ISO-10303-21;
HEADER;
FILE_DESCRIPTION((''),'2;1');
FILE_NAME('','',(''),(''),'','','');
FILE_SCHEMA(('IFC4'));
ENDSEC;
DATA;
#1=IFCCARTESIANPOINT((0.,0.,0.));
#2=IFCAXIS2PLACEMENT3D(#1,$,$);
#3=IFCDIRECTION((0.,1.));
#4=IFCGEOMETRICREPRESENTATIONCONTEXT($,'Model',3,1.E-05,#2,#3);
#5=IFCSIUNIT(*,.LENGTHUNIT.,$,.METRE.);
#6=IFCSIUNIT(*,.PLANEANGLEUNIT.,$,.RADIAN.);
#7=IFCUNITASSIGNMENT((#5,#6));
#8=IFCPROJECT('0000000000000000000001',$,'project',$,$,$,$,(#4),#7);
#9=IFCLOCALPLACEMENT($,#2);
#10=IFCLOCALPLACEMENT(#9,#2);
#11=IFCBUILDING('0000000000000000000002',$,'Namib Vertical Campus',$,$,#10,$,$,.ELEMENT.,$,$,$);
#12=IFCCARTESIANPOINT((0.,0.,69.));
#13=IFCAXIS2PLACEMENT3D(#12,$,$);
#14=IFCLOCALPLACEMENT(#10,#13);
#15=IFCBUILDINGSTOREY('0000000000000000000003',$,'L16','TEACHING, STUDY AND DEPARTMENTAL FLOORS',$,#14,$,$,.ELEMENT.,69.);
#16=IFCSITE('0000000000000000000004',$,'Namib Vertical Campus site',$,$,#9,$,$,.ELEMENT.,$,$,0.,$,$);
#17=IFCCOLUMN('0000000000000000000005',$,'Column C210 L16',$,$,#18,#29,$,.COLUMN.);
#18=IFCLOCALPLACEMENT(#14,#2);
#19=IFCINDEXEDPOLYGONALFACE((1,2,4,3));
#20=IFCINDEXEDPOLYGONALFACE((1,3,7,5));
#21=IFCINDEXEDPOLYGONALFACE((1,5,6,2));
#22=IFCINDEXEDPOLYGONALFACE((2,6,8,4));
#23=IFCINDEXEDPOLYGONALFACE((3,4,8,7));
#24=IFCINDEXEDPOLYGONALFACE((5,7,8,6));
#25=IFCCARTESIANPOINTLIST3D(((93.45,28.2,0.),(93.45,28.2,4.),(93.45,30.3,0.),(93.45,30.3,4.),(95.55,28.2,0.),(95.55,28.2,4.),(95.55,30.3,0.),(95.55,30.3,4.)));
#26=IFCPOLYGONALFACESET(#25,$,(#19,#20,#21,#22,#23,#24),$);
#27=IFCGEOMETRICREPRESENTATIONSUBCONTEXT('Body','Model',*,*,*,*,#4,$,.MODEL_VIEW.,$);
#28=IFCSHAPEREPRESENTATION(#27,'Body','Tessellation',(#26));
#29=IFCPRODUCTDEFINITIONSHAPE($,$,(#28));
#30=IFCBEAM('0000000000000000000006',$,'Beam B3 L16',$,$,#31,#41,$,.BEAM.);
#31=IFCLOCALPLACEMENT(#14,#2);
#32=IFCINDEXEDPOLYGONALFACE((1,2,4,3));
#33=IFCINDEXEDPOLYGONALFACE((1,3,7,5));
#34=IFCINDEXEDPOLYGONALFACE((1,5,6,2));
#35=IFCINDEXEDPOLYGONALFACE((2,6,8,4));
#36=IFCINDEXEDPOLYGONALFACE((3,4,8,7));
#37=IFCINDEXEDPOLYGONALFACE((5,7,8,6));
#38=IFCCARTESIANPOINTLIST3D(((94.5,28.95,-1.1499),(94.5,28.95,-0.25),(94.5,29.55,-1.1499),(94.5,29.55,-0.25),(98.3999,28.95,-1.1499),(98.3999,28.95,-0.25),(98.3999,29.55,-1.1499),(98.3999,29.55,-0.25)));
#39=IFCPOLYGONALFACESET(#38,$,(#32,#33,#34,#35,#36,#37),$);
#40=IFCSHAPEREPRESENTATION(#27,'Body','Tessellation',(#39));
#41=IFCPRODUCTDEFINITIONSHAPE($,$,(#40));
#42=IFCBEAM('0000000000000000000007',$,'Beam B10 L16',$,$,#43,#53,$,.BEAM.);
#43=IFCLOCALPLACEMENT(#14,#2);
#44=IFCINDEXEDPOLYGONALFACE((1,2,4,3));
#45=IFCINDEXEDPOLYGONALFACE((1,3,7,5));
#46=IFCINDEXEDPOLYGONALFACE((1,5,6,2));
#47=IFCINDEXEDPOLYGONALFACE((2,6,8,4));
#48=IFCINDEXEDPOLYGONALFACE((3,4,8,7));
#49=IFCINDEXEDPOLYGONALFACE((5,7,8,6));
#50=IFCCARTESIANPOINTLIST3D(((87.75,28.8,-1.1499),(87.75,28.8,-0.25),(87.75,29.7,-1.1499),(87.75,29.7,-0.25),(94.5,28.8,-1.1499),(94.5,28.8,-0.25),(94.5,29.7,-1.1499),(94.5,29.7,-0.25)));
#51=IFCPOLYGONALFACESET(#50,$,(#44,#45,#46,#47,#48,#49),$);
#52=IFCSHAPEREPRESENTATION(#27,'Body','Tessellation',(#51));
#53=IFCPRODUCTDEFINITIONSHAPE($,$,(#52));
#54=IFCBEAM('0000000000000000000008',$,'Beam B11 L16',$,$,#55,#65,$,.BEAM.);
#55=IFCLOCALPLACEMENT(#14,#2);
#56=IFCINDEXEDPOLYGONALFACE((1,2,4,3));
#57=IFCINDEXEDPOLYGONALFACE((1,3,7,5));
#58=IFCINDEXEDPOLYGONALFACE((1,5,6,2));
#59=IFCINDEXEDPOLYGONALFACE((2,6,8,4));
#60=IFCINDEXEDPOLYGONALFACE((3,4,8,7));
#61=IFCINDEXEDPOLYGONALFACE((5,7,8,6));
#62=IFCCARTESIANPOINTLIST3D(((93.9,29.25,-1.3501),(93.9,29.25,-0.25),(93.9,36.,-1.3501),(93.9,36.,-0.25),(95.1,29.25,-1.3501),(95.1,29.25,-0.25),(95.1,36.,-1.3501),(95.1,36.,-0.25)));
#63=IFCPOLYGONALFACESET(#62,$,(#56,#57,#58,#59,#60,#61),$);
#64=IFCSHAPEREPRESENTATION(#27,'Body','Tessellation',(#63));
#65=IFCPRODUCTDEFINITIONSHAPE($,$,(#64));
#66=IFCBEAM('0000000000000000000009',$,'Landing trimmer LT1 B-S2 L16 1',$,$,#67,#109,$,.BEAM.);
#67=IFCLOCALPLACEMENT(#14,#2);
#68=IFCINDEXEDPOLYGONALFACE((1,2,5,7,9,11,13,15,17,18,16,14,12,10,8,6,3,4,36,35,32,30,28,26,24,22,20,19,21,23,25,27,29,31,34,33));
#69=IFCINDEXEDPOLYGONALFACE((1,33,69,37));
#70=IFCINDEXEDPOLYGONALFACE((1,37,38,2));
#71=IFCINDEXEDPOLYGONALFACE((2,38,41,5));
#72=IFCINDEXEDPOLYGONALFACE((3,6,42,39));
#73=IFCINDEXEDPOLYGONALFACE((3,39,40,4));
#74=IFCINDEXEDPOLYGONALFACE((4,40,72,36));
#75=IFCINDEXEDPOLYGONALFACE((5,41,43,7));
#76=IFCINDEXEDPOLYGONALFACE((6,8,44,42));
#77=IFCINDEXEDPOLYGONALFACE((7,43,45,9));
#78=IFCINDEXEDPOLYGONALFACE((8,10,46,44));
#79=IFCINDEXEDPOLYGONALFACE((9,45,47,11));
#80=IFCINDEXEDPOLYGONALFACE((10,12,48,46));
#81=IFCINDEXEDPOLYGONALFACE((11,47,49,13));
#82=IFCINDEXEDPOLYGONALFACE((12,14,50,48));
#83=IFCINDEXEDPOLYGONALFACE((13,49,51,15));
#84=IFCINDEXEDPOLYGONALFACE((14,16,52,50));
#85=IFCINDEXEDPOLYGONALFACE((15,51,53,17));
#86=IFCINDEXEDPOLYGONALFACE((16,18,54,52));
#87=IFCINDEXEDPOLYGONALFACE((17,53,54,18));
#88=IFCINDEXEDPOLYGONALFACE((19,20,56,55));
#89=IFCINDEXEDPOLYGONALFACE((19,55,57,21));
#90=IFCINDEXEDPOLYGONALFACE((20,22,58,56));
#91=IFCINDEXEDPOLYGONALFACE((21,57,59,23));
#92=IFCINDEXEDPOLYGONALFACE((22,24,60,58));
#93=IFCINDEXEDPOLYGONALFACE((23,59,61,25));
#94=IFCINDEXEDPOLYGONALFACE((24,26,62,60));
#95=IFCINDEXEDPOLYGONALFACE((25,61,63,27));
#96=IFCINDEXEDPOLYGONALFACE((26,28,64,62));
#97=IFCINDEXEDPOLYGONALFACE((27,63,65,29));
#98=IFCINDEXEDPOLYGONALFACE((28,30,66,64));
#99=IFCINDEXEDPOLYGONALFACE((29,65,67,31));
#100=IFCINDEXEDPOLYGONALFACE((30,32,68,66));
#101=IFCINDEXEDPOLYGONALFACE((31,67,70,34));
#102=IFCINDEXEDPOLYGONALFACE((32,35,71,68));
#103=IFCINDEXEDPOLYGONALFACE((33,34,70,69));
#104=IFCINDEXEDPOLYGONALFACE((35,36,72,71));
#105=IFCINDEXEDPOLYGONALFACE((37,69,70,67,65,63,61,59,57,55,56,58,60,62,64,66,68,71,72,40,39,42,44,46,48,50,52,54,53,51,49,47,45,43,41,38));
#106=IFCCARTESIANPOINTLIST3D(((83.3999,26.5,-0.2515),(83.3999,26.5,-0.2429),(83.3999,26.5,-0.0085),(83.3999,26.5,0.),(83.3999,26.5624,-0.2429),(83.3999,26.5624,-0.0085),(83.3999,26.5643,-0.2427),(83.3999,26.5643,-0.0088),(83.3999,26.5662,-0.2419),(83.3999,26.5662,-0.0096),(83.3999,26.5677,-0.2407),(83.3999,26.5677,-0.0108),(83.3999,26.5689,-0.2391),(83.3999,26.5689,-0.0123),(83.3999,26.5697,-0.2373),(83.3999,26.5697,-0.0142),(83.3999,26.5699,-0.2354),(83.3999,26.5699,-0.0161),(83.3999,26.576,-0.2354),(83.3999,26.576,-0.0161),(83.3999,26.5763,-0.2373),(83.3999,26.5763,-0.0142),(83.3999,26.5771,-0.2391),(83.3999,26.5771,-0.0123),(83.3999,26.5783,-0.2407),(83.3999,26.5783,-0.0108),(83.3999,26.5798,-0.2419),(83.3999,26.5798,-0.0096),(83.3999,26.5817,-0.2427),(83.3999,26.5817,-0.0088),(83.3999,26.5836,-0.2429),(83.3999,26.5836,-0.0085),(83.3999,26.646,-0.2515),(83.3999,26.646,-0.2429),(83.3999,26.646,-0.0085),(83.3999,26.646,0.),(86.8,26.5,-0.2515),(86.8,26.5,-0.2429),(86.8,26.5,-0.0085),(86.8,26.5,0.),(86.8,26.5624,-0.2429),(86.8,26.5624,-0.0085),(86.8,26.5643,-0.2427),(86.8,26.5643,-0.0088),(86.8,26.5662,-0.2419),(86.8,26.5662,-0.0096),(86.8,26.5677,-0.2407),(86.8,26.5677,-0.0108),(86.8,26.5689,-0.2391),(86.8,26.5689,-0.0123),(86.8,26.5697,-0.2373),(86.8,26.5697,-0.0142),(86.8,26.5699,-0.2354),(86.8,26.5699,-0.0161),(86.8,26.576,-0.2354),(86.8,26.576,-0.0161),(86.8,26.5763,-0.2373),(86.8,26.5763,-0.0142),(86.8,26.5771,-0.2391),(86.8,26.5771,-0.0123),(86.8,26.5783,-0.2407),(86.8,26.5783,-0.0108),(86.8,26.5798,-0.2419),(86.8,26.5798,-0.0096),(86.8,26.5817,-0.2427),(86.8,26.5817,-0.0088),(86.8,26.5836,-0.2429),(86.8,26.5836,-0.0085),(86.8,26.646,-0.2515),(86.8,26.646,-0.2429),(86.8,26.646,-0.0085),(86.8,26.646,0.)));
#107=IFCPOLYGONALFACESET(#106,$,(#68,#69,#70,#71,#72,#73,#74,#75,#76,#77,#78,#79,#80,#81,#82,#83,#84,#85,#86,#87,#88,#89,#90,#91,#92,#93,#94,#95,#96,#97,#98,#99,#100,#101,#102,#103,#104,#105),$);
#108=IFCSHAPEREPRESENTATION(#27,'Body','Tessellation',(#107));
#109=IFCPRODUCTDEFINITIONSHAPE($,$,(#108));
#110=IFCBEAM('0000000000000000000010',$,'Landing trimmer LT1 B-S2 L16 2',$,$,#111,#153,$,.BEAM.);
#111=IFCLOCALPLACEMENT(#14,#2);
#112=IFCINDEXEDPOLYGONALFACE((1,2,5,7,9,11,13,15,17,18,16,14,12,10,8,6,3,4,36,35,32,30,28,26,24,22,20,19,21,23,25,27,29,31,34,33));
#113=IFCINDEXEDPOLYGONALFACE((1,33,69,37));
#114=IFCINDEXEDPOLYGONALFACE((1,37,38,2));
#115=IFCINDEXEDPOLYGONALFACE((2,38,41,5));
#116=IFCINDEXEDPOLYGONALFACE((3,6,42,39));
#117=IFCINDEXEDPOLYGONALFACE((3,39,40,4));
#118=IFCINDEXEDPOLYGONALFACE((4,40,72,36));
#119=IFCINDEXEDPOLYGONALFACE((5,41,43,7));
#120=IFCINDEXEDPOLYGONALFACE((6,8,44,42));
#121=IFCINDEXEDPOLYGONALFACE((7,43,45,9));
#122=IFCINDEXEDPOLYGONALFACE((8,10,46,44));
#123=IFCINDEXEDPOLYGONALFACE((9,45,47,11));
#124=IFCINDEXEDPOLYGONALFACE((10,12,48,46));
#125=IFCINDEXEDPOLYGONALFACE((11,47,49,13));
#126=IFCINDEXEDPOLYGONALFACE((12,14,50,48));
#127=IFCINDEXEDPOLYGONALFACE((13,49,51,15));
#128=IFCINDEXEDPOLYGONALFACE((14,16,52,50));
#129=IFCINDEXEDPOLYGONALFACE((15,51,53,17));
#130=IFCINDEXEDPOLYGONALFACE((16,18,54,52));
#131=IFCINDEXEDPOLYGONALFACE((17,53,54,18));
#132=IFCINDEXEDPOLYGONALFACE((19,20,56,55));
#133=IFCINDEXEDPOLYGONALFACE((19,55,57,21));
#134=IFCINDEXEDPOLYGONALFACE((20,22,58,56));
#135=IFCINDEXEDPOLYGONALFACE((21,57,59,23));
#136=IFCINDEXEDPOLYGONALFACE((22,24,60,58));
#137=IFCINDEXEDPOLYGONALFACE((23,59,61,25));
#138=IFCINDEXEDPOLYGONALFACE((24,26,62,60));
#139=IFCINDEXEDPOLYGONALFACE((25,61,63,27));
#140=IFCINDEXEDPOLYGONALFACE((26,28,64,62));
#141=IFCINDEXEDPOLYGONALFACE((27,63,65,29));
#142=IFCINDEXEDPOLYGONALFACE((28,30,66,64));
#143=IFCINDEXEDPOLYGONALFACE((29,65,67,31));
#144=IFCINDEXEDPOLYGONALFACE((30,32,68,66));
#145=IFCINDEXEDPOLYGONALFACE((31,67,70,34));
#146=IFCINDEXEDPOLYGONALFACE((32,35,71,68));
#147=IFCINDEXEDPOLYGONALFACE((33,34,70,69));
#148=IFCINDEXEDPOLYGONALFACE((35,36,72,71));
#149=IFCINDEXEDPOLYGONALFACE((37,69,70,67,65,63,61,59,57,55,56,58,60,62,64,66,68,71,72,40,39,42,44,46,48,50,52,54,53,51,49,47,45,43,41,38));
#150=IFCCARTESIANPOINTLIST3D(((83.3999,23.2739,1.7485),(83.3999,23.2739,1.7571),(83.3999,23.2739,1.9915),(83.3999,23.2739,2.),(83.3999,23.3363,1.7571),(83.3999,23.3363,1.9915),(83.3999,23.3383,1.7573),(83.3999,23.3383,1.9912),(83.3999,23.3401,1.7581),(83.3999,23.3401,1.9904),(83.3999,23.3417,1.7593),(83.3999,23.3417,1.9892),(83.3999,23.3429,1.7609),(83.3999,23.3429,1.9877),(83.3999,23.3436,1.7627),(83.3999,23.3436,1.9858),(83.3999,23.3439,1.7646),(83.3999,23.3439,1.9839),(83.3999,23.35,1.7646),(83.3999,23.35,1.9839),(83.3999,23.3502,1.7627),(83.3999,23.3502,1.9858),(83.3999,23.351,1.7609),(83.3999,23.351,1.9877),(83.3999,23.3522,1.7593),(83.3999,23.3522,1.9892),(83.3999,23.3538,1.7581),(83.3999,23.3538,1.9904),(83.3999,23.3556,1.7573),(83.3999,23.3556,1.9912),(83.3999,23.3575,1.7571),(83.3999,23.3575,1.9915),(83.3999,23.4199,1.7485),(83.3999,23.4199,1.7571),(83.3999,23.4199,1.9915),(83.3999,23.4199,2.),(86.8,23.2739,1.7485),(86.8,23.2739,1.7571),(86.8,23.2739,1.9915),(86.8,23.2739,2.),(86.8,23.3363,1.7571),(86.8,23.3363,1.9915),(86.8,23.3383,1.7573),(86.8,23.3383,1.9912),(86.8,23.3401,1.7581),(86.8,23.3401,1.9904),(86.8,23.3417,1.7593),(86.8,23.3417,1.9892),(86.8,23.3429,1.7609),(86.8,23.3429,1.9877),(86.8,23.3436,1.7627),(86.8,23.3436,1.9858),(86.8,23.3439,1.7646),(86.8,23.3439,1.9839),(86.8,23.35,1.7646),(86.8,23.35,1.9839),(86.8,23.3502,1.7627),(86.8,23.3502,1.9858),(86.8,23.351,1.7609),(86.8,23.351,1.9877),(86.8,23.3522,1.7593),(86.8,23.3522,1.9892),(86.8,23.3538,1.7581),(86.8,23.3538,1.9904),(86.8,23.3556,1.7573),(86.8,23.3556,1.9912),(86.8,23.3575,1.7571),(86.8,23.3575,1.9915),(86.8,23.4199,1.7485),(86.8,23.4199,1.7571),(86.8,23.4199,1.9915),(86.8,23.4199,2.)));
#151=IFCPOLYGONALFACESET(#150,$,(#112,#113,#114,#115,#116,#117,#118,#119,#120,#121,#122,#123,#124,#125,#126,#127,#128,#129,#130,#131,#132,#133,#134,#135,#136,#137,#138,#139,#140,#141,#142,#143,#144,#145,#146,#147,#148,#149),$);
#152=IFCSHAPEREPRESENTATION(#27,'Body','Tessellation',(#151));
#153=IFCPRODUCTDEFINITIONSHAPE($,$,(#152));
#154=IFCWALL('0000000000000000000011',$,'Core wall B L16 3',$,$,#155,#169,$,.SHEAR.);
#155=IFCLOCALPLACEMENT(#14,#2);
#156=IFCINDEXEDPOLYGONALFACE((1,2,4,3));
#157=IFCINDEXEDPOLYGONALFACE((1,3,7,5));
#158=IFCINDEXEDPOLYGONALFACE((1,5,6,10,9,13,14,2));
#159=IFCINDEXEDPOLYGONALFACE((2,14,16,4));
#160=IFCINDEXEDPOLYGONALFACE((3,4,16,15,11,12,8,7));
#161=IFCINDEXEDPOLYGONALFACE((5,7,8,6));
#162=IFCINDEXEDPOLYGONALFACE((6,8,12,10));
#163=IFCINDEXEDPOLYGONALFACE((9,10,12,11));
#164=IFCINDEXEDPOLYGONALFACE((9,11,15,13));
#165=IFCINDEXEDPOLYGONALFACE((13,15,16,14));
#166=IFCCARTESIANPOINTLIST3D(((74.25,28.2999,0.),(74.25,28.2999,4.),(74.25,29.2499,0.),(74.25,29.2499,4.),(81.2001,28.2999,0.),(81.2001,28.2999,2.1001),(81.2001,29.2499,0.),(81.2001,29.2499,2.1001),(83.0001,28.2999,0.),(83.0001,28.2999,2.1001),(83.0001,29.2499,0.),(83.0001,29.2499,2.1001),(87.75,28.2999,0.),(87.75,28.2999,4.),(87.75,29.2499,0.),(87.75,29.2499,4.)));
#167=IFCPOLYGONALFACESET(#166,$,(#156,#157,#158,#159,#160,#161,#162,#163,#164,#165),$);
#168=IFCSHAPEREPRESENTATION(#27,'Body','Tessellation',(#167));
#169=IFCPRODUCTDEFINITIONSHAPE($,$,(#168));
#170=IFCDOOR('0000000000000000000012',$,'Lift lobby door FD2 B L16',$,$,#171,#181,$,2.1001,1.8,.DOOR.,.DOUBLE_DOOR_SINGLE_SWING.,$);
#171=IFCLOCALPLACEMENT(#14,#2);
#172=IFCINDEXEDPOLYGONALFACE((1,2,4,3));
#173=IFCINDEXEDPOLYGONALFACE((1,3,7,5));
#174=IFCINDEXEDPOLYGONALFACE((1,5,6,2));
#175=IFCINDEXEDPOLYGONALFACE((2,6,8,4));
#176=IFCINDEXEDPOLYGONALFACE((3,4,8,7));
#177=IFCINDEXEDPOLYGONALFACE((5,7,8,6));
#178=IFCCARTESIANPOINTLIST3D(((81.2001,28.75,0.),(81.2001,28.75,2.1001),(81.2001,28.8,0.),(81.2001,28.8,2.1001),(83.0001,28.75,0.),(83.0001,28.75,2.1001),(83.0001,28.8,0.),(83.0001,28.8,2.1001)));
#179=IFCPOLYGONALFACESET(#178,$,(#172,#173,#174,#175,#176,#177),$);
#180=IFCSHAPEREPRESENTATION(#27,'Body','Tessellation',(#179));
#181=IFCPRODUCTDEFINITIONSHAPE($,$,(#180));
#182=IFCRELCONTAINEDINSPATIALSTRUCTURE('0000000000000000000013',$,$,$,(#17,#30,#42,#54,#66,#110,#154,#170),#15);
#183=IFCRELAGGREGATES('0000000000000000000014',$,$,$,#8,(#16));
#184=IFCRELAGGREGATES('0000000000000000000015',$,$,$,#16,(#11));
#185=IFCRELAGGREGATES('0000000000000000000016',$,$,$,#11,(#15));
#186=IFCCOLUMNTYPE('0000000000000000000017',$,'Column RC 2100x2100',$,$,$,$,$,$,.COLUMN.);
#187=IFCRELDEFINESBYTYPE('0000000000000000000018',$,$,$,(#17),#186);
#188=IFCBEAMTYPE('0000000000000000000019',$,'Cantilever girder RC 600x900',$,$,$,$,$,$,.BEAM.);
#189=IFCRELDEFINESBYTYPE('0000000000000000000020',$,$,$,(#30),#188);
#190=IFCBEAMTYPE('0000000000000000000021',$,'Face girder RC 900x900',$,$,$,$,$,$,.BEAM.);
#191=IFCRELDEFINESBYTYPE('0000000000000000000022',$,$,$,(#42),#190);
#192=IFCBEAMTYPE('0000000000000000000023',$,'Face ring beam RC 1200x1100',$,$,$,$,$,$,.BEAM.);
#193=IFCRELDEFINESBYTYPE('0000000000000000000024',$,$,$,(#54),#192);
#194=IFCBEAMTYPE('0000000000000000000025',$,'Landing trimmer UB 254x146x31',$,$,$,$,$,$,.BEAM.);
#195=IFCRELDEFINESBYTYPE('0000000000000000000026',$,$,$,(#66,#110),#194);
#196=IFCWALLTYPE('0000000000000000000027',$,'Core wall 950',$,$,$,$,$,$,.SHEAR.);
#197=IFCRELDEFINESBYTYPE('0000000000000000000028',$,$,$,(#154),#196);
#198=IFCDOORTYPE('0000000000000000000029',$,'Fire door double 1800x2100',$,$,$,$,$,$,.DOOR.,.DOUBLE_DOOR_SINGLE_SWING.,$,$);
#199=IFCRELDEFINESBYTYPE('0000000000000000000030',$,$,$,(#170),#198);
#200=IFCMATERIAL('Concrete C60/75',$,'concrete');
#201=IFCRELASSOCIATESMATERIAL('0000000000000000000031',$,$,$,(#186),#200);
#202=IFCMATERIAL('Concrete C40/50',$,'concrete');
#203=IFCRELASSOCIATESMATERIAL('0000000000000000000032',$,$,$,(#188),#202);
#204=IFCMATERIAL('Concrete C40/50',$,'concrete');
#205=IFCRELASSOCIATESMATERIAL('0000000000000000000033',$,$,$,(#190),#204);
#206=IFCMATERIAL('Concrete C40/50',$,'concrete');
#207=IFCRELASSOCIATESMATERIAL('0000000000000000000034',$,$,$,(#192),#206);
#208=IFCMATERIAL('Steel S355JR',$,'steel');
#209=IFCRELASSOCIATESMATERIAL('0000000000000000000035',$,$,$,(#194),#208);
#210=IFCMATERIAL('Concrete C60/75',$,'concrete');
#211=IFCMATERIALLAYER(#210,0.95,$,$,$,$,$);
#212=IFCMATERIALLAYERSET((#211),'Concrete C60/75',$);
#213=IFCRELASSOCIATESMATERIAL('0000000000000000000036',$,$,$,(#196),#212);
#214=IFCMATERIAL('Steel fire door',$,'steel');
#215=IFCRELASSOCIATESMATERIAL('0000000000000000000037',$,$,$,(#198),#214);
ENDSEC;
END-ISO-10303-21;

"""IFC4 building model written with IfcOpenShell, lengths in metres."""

from ifc_helpers import new_model, si_unit, direction, frame, frame_2d, origin, origin_2d, place, context, subcontext, project, spatial, rectangle, i_section, extrude, material, layer, layer_set, material_profile, profile_set, type_object, element, fill, save


model = new_model("IFC4")

# Units and contexts
model_context = context("Model", 3, precision=1e-05, world=origin(), true_north=direction((0.0, 1.0)))
body_context = subcontext(model_context, "Body", "Model", "MODEL_VIEW")
ifc_project = project(units=[si_unit("LENGTHUNIT", "METRE"), si_unit("PLANEANGLEUNIT", "RADIAN")], contexts=[model_context])

# Site, building, storey
site_placement = place(None, origin())
site = spatial("IfcSite", under=ifc_project, at=site_placement, Name="Namib Vertical Campus site", CompositionType="ELEMENT", RefElevation=0.0)
building_placement = place(site_placement, origin())
building = spatial("IfcBuilding", under=site, at=building_placement, Name="Namib Vertical Campus", CompositionType="ELEMENT")
storey_placement = place(building_placement, frame((0.0, 0.0, 69.0)))
storey = spatial("IfcBuildingStorey", under=building, at=storey_placement, Name="L16", Description="TEACHING, STUDY AND DEPARTMENTAL FLOORS", CompositionType="ELEMENT", Elevation=69.0)

# Column
ifc_material_1 = material(Name="Concrete C60/75", Category="concrete")
ifc_material_profile_1 = material_profile(ifc_material_1, rectangle(XDim=2.1001, YDim=2.1001, at=origin_2d()))
ifc_profile_set_1 = profile_set([ifc_material_profile_1], Name="Concrete C60/75")
column_type = type_object("IfcColumnType", Name="Column RC 2100x2100", PredefinedType="COLUMN", material=ifc_profile_set_1)
column_placement = place(storey_placement, frame((94.5, 29.25, 0.0), z_axis=(0.0, 0.0, 1.0), x_axis=(1.0, 0.0, 0.0)))
element("IfcColumn", 1, at=column_placement, inside=storey, type_object=column_type, Name="Column C210 L16", PredefinedType="COLUMN", context=body_context, shape_type="SweptSolid", body=[
    extrude(rectangle(XDim=2.1001, YDim=2.1001, at=origin_2d()), origin(), (0.0, 0.0, 1.0), 4.0),
])

# Beams
ifc_material_2 = material(Name="Concrete C40/50", Category="concrete")
ifc_material_profile_2 = material_profile(ifc_material_2, rectangle(XDim=0.6001, YDim=0.8999, at=origin_2d()))
ifc_profile_set_2 = profile_set([ifc_material_profile_2], Name="Concrete C40/50")
beam_type_1 = type_object("IfcBeamType", Name="Cantilever girder RC 600x900", PredefinedType="BEAM", material=ifc_profile_set_2)
beam_1_placement = place(storey_placement, frame((94.5, 29.25, -0.7), z_axis=(1.0, 0.0, 0.0), x_axis=(0.0, 1.0, 0.0)))
element("IfcBeam", 2, at=beam_1_placement, inside=storey, type_object=beam_type_1, Name="Beam B3 L16", PredefinedType="BEAM", context=body_context, shape_type="SweptSolid", body=[
    extrude(rectangle(XDim=0.6001, YDim=0.8999, at=origin_2d()), origin(), (0.0, 0.0, 1.0), 3.8999),
])
ifc_material_3 = material(Name="Concrete C40/50", Category="concrete")
ifc_material_profile_3 = material_profile(ifc_material_3, rectangle(XDim=0.8999, YDim=0.8999, at=origin_2d()))
ifc_profile_set_3 = profile_set([ifc_material_profile_3], Name="Concrete C40/50")
beam_type_2 = type_object("IfcBeamType", Name="Face girder RC 900x900", PredefinedType="BEAM", material=ifc_profile_set_3)
beam_2_placement = place(storey_placement, frame((94.5, 29.25, -0.7), z_axis=(-1.0, 0.0, 0.0), x_axis=(0.0, -1.0, 0.0)))
element("IfcBeam", 3, at=beam_2_placement, inside=storey, type_object=beam_type_2, Name="Beam B10 L16", PredefinedType="BEAM", context=body_context, shape_type="SweptSolid", body=[
    extrude(rectangle(XDim=0.8999, YDim=0.8999, at=origin_2d()), origin(), (0.0, 0.0, 1.0), 6.75),
])
ifc_material_4 = material(Name="Concrete C40/50", Category="concrete")
ifc_material_profile_4 = material_profile(ifc_material_4, rectangle(XDim=1.2, YDim=1.1001, at=origin_2d()))
ifc_profile_set_4 = profile_set([ifc_material_profile_4], Name="Concrete C40/50")
beam_type_3 = type_object("IfcBeamType", Name="Face ring beam RC 1200x1100", PredefinedType="BEAM", material=ifc_profile_set_4)
beam_3_placement = place(storey_placement, frame((94.5, 29.25, -0.8), z_axis=(0.0, 1.0, 0.0), x_axis=(-1.0, 0.0, 0.0)))
element("IfcBeam", 4, at=beam_3_placement, inside=storey, type_object=beam_type_3, Name="Beam B11 L16", PredefinedType="BEAM", context=body_context, shape_type="SweptSolid", body=[
    extrude(rectangle(XDim=1.2, YDim=1.1001, at=origin_2d()), origin(), (0.0, 0.0, 1.0), 6.75),
])
ifc_material_5 = material(Name="Steel S355JR", Category="steel")
ifc_material_profile_5 = material_profile(ifc_material_5, i_section(OverallWidth=0.146, OverallDepth=0.2515, WebThickness=0.0061, FlangeThickness=0.0085, FilletRadius=0.0076, at=origin_2d()))
ifc_profile_set_5 = profile_set([ifc_material_profile_5], Name="Steel S355JR")
beam_type_4 = type_object("IfcBeamType", Name="Landing trimmer UB 254x146x31", PredefinedType="BEAM", material=ifc_profile_set_5)
for number, where, z_axis, x_axis, name in (
    (5, (83.3999, 26.573, -0.1257), (1.0, 0.0, 0.0), (0.0, 1.0, 0.0), "Landing trimmer LT1 B-S2 L16 1"),
    (6, (83.3999, 23.3469, 1.8743), (1.0, 0.0, 0.0), (0.0, 1.0, 0.0), "Landing trimmer LT1 B-S2 L16 2"),
):
    element("IfcBeam", number, at=place(storey_placement, frame(where, z_axis=z_axis, x_axis=x_axis)), inside=storey, type_object=beam_type_4, Name=name, PredefinedType="BEAM", context=body_context, shape_type="SweptSolid", body=[
        extrude(i_section(OverallWidth=0.146, OverallDepth=0.2515, WebThickness=0.0061, FlangeThickness=0.0085, FilletRadius=0.0076, at=origin_2d()), origin(), (0.0, 0.0, 1.0), 3.4001),
    ])

# Wall, opening, door
ifc_material_6 = material(Name="Concrete C60/75", Category="concrete")
ifc_layer_1 = layer(ifc_material_6, 0.95)
ifc_layer_set_1 = layer_set([ifc_layer_1], Name="Concrete C60/75")
wall_type_1 = type_object("IfcWallType", Name="Core wall 950", PredefinedType="SHEAR", material=ifc_layer_set_1)
wall_1_placement = place(storey_placement, frame((87.75, 28.7749, 0.0), z_axis=(0.0, 0.0, 1.0), x_axis=(-1.0, 0.0, 0.0)))
wall_1 = element("IfcWall", 7, at=wall_1_placement, inside=storey, type_object=wall_type_1, Name="Core wall B L16 3", PredefinedType="SHEAR", context=body_context, shape_type="SweptSolid", body=[
    extrude(rectangle(XDim=13.5, YDim=0.95, at=frame_2d((6.75, 0.0))), origin(), (0.0, 0.0, 1.0), 4.0),
])
opening_1_placement = place(wall_1_placement, frame((4.75, 0.0, 0.0)))
opening_1 = element("IfcOpeningElement", 8, at=opening_1_placement, cuts=wall_1, PredefinedType="OPENING", context=body_context, shape_type="SweptSolid", body=[
    extrude(rectangle(XDim=1.8, YDim=2.1001, at=frame_2d((0.8999, 1.05))), frame((0.0, 0.4849, 0.0), z_axis=(0.0, -1.0, 0.0), x_axis=(1.0, 0.0, 0.0)), (0.0, 0.0, 1.0), 0.97),
])
ifc_material_7 = material(Name="Steel fire door", Category="steel")
door_type_1 = type_object("IfcDoorType", Name="Fire door double 1800x2100", OperationType="DOUBLE_DOOR_SINGLE_SWING", PredefinedType="DOOR", material=ifc_material_7)
door_1_placement = place(opening_1_placement, origin())
door_1 = element("IfcDoor", 9, at=door_1_placement, inside=storey, type_object=door_type_1, Name="Lift lobby door FD2 B L16", OperationType="DOUBLE_DOOR_SINGLE_SWING", OverallHeight=2.1001, OverallWidth=1.8, PredefinedType="DOOR", context=body_context, shape_type="SweptSolid", body=[
    extrude(rectangle(XDim=1.8, YDim=2.1001, at=frame_2d((0.8999, 1.05))), frame((0.0, 0.0249, 0.0), z_axis=(0.0, -1.0, 0.0), x_axis=(1.0, 0.0, 0.0)), (0.0, 0.0, 1.0), 0.05),
])
fill(opening_1, door_1)

save(model, "model.ifc")
